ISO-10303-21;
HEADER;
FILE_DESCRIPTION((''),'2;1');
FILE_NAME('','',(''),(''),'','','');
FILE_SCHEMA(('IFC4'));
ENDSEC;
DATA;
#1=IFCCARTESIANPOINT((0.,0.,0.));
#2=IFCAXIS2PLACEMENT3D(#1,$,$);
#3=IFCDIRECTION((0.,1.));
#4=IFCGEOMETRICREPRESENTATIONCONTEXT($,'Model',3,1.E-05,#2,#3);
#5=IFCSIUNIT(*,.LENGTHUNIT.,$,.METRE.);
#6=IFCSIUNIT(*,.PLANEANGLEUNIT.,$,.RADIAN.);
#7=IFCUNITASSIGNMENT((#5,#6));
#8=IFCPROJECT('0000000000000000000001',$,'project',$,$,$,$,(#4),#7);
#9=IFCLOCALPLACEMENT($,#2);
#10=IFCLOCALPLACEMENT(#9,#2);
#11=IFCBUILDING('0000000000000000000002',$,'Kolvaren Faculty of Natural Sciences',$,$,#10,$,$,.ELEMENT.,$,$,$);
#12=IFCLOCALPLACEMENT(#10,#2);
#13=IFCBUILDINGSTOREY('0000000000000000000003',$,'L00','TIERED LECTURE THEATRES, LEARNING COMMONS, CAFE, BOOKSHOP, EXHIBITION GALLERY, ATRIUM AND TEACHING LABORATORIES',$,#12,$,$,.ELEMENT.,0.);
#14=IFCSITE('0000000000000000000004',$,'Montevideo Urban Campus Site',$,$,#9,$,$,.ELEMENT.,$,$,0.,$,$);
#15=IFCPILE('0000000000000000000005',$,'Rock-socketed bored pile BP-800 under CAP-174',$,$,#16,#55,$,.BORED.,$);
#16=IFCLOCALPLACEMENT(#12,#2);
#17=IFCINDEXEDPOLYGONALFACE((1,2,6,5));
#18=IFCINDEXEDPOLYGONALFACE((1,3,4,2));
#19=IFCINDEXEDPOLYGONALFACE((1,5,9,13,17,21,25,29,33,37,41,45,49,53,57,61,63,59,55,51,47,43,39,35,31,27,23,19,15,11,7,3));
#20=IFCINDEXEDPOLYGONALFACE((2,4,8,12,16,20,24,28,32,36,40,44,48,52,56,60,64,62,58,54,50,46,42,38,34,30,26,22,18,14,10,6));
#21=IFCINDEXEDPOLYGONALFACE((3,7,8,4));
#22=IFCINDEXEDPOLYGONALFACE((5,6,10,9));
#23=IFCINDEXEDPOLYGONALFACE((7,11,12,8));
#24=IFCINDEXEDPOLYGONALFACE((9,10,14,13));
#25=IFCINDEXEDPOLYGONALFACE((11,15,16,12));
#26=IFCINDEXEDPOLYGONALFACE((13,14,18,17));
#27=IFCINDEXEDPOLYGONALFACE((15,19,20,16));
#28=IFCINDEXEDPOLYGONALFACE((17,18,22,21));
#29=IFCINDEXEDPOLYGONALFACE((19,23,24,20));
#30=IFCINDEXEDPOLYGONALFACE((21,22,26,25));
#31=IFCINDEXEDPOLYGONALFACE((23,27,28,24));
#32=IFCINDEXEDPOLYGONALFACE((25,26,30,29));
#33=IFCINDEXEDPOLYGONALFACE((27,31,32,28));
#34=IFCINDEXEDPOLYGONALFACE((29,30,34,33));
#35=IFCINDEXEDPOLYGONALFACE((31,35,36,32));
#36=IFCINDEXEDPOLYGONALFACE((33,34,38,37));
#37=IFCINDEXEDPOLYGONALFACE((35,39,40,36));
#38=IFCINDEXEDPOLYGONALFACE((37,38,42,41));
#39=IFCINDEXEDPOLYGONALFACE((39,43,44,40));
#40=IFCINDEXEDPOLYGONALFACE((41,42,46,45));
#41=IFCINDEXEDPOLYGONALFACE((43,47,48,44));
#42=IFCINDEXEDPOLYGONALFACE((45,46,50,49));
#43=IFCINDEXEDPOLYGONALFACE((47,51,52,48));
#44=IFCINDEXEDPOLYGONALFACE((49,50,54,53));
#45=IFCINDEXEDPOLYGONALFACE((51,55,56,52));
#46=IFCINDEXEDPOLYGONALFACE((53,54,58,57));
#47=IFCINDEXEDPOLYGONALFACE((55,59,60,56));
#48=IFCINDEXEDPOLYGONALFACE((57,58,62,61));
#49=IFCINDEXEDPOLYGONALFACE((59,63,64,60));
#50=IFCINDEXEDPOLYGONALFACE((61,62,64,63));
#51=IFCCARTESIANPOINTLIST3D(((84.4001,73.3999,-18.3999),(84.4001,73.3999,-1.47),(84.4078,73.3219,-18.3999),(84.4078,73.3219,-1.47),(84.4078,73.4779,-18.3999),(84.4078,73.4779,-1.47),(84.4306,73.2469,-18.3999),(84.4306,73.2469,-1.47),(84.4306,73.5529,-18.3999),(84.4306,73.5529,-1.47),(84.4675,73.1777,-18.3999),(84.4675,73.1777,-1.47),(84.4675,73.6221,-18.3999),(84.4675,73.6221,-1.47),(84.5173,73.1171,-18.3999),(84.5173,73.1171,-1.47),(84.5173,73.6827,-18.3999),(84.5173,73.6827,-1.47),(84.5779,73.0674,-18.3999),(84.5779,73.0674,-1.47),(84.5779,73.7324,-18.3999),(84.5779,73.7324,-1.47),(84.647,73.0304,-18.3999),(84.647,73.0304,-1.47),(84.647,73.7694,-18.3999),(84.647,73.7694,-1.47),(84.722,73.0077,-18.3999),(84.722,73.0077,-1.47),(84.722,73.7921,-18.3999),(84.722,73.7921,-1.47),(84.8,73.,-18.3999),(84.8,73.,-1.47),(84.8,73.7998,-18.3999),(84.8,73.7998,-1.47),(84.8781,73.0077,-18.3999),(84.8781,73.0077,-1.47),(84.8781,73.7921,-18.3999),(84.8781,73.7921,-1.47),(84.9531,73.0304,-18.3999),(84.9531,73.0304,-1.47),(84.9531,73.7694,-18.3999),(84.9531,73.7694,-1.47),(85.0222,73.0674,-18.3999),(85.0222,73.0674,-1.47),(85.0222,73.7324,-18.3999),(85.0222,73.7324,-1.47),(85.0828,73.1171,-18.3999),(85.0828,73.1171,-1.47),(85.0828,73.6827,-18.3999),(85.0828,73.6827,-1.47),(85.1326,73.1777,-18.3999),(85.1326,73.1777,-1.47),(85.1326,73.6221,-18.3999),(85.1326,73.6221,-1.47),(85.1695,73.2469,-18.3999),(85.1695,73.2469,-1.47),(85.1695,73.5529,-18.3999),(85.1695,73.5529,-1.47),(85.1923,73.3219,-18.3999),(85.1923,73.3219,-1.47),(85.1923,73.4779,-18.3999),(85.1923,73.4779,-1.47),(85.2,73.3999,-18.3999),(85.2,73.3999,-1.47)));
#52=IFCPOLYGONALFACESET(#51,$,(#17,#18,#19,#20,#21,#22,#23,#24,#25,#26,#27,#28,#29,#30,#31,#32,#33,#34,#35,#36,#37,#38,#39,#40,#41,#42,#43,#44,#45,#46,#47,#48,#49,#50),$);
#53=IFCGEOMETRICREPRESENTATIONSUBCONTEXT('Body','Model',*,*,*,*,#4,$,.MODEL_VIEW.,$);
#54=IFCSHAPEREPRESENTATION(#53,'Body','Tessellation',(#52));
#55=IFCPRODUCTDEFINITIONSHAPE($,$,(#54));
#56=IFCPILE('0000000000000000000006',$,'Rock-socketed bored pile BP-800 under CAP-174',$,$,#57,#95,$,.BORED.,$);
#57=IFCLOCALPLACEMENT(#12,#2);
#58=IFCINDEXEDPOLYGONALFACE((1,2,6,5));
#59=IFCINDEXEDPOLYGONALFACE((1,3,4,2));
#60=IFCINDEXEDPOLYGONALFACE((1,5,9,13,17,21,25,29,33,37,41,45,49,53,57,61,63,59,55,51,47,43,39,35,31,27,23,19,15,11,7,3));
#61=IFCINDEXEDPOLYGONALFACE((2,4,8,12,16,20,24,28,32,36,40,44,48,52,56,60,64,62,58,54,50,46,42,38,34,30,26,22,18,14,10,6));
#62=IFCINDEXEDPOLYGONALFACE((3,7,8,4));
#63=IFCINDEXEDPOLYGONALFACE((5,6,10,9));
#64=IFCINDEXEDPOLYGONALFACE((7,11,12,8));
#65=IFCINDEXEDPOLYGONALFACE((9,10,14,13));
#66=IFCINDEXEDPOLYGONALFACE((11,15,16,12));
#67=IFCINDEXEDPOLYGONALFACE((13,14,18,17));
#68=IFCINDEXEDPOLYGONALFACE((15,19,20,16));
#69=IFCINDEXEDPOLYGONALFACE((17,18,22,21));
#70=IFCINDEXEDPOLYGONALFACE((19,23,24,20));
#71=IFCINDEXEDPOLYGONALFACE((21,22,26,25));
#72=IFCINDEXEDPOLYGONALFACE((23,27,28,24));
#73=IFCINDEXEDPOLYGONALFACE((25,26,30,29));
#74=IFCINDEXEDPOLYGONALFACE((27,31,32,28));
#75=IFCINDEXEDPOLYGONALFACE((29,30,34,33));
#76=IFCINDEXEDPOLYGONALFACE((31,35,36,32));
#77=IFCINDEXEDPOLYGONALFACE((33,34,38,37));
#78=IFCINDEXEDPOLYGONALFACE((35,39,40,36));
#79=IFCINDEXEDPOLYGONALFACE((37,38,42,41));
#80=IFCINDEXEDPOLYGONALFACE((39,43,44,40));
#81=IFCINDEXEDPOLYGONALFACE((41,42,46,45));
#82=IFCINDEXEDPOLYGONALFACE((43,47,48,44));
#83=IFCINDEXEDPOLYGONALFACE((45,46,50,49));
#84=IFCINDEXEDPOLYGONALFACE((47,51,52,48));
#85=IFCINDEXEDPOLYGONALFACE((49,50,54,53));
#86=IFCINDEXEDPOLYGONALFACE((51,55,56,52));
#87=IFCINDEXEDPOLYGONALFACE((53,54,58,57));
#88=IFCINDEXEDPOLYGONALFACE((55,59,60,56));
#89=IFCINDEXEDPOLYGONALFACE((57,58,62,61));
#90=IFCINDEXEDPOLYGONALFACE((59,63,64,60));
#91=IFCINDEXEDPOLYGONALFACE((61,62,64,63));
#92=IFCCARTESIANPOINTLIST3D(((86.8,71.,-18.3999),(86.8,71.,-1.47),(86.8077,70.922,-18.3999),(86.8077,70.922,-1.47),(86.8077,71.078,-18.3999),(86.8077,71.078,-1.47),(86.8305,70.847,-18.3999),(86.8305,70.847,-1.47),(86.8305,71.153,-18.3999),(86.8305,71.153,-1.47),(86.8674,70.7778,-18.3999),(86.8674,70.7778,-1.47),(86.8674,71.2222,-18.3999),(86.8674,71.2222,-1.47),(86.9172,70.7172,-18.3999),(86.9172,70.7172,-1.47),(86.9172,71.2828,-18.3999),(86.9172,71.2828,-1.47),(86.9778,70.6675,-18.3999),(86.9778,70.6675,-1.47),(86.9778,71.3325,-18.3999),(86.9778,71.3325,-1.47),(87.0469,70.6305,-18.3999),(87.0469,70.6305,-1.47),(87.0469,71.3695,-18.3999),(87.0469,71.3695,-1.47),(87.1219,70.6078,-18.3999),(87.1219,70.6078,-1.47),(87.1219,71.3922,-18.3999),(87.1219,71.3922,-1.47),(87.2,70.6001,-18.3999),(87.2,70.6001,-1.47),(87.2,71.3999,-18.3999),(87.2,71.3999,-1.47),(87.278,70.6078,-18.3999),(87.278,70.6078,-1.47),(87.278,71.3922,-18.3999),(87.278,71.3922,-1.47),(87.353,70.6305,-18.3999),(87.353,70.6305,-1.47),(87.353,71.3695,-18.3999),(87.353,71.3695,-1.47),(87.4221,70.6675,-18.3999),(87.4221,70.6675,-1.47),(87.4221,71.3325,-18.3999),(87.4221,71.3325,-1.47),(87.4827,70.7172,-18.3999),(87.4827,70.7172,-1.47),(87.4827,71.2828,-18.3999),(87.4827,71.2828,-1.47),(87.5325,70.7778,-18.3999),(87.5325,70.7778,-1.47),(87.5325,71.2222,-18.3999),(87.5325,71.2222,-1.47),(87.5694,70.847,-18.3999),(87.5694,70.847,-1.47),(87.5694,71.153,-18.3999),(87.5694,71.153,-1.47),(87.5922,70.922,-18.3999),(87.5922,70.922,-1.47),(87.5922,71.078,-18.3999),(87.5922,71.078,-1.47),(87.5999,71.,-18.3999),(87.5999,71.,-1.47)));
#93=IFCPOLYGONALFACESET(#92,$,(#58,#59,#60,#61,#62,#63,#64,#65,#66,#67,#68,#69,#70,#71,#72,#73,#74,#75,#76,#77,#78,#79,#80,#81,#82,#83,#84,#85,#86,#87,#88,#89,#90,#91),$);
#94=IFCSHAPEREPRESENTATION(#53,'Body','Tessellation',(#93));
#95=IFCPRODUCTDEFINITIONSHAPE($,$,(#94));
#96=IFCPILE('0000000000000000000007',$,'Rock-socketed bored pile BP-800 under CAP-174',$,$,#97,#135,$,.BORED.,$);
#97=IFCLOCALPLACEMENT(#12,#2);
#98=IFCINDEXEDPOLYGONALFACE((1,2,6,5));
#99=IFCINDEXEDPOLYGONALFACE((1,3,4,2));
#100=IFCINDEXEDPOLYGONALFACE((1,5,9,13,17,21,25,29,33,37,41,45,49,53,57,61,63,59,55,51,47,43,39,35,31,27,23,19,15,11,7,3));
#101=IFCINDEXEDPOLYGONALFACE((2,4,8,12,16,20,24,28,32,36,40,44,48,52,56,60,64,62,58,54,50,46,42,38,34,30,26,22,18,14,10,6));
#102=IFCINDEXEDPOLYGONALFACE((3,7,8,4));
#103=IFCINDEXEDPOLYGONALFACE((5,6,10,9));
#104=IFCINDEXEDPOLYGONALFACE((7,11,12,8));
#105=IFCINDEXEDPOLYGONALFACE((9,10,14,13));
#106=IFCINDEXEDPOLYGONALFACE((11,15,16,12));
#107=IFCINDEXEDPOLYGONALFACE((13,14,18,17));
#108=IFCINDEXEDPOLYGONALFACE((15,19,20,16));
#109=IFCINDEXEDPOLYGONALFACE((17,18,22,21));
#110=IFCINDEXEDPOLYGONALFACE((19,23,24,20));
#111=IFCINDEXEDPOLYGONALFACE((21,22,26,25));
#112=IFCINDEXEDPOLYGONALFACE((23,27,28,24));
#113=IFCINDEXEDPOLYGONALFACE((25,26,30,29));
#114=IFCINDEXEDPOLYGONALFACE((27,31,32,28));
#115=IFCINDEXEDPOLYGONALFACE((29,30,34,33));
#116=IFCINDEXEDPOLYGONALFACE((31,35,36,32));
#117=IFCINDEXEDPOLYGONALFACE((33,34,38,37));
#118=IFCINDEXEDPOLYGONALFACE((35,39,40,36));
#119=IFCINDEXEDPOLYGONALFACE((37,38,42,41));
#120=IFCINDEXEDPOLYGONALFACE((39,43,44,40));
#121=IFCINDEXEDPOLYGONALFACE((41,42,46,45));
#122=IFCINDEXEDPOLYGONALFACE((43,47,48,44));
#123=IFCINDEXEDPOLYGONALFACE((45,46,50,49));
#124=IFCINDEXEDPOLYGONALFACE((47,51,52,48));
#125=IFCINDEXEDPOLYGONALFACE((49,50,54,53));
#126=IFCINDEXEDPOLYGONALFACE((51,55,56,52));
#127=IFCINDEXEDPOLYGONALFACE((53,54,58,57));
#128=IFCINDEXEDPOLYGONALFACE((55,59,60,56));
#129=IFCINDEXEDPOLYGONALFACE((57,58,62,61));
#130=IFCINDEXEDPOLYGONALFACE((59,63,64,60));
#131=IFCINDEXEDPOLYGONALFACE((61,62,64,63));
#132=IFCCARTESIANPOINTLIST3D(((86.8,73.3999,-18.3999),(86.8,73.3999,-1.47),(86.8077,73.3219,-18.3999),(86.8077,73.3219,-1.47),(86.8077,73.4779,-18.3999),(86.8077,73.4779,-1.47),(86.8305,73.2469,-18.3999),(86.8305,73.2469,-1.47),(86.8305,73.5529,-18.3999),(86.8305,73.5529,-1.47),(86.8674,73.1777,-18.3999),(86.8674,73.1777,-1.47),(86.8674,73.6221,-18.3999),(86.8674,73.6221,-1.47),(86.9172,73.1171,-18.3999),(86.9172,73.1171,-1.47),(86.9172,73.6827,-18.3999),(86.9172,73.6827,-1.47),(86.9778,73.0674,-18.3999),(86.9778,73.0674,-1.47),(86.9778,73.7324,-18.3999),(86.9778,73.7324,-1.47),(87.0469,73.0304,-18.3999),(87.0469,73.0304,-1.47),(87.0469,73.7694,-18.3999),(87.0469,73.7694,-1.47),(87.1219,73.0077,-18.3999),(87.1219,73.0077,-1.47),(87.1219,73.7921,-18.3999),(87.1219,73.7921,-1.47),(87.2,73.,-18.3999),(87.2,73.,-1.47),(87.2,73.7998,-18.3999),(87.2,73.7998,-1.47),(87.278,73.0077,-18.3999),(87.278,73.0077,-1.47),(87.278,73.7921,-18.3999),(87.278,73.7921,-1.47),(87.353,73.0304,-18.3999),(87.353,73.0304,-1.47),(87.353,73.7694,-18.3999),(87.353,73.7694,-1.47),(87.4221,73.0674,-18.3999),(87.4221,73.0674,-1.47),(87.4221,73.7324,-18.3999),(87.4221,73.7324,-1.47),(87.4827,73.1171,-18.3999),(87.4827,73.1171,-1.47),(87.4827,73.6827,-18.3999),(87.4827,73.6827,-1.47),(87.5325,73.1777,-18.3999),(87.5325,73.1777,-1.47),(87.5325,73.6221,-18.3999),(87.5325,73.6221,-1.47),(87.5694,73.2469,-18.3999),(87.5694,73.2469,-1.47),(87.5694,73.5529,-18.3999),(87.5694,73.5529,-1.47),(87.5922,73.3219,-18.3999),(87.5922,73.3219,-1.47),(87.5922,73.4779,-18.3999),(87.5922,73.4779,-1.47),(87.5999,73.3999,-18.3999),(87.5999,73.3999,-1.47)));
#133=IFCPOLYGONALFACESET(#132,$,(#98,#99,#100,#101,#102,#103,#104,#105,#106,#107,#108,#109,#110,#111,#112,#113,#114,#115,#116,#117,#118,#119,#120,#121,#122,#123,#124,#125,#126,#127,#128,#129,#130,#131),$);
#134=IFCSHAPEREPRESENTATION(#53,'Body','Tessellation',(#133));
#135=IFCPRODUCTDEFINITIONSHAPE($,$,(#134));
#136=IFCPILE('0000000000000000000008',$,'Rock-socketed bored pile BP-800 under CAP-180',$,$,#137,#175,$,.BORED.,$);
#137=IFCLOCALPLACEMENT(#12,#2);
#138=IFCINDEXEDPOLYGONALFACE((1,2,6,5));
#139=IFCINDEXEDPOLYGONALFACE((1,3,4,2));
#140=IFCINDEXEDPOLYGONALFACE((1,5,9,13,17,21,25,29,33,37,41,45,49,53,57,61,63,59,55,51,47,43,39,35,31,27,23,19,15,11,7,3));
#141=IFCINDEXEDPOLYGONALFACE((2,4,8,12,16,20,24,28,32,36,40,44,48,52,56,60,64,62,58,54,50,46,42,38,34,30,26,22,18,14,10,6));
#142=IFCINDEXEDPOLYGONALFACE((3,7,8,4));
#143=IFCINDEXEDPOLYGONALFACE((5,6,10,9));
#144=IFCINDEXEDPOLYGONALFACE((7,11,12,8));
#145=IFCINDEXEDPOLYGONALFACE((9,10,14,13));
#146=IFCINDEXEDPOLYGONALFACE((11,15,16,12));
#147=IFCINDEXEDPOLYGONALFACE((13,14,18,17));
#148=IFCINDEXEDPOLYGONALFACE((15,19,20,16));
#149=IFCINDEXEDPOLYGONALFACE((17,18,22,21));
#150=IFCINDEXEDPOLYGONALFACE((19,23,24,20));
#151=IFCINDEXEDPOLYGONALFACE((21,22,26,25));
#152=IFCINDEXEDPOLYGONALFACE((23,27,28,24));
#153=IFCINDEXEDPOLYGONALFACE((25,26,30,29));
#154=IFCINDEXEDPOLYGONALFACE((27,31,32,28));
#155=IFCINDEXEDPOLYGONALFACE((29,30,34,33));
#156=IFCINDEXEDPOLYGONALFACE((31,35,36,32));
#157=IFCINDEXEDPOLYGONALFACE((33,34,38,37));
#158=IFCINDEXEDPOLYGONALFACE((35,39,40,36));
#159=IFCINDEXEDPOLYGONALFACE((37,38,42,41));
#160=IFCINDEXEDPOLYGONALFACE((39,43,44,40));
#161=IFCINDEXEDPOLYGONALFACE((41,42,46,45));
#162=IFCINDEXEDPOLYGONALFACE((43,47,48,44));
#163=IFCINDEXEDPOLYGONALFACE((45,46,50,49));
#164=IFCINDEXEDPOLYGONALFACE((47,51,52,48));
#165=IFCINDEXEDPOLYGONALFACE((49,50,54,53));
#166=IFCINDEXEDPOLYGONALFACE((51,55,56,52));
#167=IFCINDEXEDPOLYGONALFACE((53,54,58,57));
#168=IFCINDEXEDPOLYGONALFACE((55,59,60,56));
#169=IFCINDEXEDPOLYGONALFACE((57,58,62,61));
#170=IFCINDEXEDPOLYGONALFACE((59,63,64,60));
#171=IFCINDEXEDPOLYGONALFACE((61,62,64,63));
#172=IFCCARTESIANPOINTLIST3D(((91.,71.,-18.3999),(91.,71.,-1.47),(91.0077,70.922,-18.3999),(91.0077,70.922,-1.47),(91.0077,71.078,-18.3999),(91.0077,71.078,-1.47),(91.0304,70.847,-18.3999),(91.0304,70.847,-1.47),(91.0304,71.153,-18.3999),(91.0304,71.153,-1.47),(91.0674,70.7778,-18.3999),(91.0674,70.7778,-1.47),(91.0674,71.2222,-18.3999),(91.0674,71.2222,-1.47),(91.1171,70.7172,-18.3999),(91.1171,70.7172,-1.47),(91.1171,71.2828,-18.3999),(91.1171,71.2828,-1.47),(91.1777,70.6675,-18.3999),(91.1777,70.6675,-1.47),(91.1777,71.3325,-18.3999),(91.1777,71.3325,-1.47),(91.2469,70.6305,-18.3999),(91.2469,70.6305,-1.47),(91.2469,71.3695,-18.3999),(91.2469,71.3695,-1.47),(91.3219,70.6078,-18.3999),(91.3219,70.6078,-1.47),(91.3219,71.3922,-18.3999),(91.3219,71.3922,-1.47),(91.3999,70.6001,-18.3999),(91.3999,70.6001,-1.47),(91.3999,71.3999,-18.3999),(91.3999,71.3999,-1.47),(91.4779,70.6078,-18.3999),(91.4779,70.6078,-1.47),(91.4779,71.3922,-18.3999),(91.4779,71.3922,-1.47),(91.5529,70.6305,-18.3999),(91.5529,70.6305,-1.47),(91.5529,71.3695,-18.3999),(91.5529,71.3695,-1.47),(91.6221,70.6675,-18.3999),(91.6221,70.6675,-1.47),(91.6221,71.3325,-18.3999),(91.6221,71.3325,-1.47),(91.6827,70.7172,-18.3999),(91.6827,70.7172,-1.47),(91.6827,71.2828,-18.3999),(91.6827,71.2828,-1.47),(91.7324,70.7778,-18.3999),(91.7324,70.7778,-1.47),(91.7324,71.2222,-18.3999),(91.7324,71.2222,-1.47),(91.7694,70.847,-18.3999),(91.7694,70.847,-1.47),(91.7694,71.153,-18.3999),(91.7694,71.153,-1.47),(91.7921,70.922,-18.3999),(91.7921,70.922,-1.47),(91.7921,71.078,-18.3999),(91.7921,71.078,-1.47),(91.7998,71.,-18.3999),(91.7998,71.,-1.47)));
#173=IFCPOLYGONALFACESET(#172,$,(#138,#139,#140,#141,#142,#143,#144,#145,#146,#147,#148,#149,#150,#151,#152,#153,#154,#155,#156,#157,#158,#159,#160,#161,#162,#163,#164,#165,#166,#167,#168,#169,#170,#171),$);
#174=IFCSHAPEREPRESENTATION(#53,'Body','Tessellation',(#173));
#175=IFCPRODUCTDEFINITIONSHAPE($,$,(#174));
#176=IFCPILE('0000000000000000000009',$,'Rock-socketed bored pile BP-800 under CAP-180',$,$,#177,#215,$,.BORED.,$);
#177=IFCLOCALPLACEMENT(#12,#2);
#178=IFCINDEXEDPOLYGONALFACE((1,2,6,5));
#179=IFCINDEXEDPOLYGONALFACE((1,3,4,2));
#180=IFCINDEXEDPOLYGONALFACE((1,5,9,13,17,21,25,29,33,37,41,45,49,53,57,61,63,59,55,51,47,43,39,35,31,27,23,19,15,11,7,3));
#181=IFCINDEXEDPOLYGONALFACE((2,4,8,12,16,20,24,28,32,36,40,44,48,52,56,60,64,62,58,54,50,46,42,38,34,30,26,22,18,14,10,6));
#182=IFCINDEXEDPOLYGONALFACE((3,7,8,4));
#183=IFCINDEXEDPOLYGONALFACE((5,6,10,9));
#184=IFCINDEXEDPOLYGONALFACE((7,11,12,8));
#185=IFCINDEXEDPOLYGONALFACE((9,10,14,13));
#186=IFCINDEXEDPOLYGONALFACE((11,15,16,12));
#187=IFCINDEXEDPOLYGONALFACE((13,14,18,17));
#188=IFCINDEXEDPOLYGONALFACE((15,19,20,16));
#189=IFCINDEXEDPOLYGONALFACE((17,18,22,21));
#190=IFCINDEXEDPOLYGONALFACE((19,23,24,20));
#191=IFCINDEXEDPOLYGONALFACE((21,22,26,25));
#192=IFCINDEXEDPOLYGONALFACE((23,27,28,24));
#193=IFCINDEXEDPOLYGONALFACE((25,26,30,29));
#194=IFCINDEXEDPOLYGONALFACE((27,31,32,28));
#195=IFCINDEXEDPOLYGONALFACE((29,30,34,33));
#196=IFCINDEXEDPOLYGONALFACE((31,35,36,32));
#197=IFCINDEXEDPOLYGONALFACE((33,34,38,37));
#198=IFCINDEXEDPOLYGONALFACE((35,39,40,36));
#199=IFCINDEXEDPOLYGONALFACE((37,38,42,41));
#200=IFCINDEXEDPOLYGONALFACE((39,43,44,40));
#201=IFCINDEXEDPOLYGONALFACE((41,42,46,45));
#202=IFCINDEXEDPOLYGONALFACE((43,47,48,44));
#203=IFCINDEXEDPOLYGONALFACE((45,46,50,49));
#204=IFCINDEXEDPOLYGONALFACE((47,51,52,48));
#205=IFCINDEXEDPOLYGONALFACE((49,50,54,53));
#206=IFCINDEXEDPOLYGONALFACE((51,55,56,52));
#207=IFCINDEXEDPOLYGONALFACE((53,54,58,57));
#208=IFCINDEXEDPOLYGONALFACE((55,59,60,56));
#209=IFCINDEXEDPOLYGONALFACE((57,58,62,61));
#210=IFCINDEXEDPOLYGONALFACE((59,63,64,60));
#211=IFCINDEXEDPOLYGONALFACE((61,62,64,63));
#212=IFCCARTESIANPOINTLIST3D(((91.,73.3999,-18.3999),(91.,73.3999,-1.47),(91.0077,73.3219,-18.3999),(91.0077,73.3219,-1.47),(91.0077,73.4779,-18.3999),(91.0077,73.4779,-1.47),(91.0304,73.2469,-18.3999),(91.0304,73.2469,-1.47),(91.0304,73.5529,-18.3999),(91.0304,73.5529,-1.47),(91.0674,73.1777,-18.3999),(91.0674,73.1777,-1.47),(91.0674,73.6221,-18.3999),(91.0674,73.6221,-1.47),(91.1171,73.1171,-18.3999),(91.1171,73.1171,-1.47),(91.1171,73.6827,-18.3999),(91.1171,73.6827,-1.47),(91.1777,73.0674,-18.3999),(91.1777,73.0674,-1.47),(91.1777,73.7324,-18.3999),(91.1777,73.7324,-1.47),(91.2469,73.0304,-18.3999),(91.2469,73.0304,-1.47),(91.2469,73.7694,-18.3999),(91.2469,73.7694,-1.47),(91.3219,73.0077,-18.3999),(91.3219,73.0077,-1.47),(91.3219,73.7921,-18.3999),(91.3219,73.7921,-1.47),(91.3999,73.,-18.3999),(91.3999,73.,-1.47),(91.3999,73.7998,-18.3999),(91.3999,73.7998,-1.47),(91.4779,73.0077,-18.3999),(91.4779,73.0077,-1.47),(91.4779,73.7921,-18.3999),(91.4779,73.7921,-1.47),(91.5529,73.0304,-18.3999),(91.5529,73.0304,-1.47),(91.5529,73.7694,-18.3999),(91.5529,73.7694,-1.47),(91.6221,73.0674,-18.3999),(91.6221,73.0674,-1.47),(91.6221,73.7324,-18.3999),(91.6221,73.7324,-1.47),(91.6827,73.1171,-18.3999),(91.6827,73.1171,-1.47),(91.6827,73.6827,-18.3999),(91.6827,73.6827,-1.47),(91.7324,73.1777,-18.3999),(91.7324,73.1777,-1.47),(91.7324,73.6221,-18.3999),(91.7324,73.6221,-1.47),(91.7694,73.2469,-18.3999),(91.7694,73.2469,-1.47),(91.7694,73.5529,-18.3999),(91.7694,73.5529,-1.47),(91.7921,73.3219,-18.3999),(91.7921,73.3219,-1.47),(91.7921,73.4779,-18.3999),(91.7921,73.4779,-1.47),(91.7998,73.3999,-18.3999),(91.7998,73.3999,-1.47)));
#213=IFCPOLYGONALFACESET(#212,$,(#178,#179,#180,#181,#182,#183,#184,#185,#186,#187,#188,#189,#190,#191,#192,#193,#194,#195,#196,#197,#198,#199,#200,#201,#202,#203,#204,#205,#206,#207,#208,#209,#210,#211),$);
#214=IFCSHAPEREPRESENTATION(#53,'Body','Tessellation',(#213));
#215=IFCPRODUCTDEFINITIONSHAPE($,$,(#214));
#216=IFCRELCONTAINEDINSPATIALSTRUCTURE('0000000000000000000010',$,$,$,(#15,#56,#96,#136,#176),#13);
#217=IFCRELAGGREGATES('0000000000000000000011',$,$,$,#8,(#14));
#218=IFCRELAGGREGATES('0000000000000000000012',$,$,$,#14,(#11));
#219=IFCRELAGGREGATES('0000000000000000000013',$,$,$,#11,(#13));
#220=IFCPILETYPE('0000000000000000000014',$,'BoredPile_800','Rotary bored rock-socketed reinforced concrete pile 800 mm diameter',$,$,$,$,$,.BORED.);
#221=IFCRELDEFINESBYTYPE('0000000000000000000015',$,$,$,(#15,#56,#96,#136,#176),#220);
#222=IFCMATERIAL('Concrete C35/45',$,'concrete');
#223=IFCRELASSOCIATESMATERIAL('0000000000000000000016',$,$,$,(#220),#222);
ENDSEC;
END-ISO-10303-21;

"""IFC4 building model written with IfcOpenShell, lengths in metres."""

from ifc_helpers import new_model, si_unit, direction, frame, origin, origin_2d, place, context, subcontext, project, spatial, circle, extrude, material, material_profile, profile_set, type_object, element, save


model = new_model("IFC4")

# Units and contexts
model_context = context("Model", 3, precision=1e-05, world=origin(), true_north=direction((0.0, 1.0)))
body_context = subcontext(model_context, "Body", "Model", "MODEL_VIEW")
ifc_project = project(units=[si_unit("LENGTHUNIT", "METRE"), si_unit("PLANEANGLEUNIT", "RADIAN")], contexts=[model_context])

# Site, building, storey
site_placement = place(None, origin())
site = spatial("IfcSite", under=ifc_project, at=site_placement, Name="Montevideo Urban Campus Site", CompositionType="ELEMENT", RefElevation=0.0)
building_placement = place(site_placement, origin())
building = spatial("IfcBuilding", under=site, at=building_placement, Name="Kolvaren Faculty of Natural Sciences", CompositionType="ELEMENT")
storey_placement = place(building_placement, origin())
storey = spatial("IfcBuildingStorey", under=building, at=storey_placement, Name="L00", Description="TIERED LECTURE THEATRES, LEARNING COMMONS, CAFE, BOOKSHOP, EXHIBITION GALLERY, ATRIUM AND TEACHING LABORATORIES", CompositionType="ELEMENT", Elevation=0.0)

# Piles
ifc_material_1 = material(Name="Concrete C35/45", Category="concrete")
ifc_material_profile_1 = material_profile(ifc_material_1, circle(Radius=0.3999, at=origin_2d()), Name="PILE D800")
ifc_profile_set_1 = profile_set([ifc_material_profile_1], Name="Concrete C35/45")
pile_type = type_object("IfcPileType", Name="BoredPile_800", Description="Rotary bored rock-socketed reinforced concrete pile 800 mm diameter", PredefinedType="BORED", material=ifc_profile_set_1)
for number, where, z_axis, x_axis, name in (
    (1, (84.8, 73.3999, -1.47), (0.0, 0.0, -1.0), (1.0, 0.0, 0.0), "Rock-socketed bored pile BP-800 under CAP-174"),
    (2, (87.2, 71.0, -1.47), (0.0, 0.0, -1.0), (1.0, 0.0, 0.0), "Rock-socketed bored pile BP-800 under CAP-174"),
    (3, (87.2, 73.3999, -1.47), (0.0, 0.0, -1.0), (1.0, 0.0, 0.0), "Rock-socketed bored pile BP-800 under CAP-174"),
    (4, (91.3999, 71.0, -1.47), (0.0, 0.0, -1.0), (1.0, 0.0, 0.0), "Rock-socketed bored pile BP-800 under CAP-180"),
    (5, (91.3999, 73.3999, -1.47), (0.0, 0.0, -1.0), (1.0, 0.0, 0.0), "Rock-socketed bored pile BP-800 under CAP-180"),
):
    element("IfcPile", number, at=place(storey_placement, frame(where, z_axis=z_axis, x_axis=x_axis)), inside=storey, type_object=pile_type, Name=name, PredefinedType="BORED", context=body_context, shape_type="SweptSolid", body=[
        extrude(circle(Radius=0.3999, at=origin_2d()), origin(), (0.0, 0.0, 1.0), 16.9299),
    ])

save(model, "model.ifc")
